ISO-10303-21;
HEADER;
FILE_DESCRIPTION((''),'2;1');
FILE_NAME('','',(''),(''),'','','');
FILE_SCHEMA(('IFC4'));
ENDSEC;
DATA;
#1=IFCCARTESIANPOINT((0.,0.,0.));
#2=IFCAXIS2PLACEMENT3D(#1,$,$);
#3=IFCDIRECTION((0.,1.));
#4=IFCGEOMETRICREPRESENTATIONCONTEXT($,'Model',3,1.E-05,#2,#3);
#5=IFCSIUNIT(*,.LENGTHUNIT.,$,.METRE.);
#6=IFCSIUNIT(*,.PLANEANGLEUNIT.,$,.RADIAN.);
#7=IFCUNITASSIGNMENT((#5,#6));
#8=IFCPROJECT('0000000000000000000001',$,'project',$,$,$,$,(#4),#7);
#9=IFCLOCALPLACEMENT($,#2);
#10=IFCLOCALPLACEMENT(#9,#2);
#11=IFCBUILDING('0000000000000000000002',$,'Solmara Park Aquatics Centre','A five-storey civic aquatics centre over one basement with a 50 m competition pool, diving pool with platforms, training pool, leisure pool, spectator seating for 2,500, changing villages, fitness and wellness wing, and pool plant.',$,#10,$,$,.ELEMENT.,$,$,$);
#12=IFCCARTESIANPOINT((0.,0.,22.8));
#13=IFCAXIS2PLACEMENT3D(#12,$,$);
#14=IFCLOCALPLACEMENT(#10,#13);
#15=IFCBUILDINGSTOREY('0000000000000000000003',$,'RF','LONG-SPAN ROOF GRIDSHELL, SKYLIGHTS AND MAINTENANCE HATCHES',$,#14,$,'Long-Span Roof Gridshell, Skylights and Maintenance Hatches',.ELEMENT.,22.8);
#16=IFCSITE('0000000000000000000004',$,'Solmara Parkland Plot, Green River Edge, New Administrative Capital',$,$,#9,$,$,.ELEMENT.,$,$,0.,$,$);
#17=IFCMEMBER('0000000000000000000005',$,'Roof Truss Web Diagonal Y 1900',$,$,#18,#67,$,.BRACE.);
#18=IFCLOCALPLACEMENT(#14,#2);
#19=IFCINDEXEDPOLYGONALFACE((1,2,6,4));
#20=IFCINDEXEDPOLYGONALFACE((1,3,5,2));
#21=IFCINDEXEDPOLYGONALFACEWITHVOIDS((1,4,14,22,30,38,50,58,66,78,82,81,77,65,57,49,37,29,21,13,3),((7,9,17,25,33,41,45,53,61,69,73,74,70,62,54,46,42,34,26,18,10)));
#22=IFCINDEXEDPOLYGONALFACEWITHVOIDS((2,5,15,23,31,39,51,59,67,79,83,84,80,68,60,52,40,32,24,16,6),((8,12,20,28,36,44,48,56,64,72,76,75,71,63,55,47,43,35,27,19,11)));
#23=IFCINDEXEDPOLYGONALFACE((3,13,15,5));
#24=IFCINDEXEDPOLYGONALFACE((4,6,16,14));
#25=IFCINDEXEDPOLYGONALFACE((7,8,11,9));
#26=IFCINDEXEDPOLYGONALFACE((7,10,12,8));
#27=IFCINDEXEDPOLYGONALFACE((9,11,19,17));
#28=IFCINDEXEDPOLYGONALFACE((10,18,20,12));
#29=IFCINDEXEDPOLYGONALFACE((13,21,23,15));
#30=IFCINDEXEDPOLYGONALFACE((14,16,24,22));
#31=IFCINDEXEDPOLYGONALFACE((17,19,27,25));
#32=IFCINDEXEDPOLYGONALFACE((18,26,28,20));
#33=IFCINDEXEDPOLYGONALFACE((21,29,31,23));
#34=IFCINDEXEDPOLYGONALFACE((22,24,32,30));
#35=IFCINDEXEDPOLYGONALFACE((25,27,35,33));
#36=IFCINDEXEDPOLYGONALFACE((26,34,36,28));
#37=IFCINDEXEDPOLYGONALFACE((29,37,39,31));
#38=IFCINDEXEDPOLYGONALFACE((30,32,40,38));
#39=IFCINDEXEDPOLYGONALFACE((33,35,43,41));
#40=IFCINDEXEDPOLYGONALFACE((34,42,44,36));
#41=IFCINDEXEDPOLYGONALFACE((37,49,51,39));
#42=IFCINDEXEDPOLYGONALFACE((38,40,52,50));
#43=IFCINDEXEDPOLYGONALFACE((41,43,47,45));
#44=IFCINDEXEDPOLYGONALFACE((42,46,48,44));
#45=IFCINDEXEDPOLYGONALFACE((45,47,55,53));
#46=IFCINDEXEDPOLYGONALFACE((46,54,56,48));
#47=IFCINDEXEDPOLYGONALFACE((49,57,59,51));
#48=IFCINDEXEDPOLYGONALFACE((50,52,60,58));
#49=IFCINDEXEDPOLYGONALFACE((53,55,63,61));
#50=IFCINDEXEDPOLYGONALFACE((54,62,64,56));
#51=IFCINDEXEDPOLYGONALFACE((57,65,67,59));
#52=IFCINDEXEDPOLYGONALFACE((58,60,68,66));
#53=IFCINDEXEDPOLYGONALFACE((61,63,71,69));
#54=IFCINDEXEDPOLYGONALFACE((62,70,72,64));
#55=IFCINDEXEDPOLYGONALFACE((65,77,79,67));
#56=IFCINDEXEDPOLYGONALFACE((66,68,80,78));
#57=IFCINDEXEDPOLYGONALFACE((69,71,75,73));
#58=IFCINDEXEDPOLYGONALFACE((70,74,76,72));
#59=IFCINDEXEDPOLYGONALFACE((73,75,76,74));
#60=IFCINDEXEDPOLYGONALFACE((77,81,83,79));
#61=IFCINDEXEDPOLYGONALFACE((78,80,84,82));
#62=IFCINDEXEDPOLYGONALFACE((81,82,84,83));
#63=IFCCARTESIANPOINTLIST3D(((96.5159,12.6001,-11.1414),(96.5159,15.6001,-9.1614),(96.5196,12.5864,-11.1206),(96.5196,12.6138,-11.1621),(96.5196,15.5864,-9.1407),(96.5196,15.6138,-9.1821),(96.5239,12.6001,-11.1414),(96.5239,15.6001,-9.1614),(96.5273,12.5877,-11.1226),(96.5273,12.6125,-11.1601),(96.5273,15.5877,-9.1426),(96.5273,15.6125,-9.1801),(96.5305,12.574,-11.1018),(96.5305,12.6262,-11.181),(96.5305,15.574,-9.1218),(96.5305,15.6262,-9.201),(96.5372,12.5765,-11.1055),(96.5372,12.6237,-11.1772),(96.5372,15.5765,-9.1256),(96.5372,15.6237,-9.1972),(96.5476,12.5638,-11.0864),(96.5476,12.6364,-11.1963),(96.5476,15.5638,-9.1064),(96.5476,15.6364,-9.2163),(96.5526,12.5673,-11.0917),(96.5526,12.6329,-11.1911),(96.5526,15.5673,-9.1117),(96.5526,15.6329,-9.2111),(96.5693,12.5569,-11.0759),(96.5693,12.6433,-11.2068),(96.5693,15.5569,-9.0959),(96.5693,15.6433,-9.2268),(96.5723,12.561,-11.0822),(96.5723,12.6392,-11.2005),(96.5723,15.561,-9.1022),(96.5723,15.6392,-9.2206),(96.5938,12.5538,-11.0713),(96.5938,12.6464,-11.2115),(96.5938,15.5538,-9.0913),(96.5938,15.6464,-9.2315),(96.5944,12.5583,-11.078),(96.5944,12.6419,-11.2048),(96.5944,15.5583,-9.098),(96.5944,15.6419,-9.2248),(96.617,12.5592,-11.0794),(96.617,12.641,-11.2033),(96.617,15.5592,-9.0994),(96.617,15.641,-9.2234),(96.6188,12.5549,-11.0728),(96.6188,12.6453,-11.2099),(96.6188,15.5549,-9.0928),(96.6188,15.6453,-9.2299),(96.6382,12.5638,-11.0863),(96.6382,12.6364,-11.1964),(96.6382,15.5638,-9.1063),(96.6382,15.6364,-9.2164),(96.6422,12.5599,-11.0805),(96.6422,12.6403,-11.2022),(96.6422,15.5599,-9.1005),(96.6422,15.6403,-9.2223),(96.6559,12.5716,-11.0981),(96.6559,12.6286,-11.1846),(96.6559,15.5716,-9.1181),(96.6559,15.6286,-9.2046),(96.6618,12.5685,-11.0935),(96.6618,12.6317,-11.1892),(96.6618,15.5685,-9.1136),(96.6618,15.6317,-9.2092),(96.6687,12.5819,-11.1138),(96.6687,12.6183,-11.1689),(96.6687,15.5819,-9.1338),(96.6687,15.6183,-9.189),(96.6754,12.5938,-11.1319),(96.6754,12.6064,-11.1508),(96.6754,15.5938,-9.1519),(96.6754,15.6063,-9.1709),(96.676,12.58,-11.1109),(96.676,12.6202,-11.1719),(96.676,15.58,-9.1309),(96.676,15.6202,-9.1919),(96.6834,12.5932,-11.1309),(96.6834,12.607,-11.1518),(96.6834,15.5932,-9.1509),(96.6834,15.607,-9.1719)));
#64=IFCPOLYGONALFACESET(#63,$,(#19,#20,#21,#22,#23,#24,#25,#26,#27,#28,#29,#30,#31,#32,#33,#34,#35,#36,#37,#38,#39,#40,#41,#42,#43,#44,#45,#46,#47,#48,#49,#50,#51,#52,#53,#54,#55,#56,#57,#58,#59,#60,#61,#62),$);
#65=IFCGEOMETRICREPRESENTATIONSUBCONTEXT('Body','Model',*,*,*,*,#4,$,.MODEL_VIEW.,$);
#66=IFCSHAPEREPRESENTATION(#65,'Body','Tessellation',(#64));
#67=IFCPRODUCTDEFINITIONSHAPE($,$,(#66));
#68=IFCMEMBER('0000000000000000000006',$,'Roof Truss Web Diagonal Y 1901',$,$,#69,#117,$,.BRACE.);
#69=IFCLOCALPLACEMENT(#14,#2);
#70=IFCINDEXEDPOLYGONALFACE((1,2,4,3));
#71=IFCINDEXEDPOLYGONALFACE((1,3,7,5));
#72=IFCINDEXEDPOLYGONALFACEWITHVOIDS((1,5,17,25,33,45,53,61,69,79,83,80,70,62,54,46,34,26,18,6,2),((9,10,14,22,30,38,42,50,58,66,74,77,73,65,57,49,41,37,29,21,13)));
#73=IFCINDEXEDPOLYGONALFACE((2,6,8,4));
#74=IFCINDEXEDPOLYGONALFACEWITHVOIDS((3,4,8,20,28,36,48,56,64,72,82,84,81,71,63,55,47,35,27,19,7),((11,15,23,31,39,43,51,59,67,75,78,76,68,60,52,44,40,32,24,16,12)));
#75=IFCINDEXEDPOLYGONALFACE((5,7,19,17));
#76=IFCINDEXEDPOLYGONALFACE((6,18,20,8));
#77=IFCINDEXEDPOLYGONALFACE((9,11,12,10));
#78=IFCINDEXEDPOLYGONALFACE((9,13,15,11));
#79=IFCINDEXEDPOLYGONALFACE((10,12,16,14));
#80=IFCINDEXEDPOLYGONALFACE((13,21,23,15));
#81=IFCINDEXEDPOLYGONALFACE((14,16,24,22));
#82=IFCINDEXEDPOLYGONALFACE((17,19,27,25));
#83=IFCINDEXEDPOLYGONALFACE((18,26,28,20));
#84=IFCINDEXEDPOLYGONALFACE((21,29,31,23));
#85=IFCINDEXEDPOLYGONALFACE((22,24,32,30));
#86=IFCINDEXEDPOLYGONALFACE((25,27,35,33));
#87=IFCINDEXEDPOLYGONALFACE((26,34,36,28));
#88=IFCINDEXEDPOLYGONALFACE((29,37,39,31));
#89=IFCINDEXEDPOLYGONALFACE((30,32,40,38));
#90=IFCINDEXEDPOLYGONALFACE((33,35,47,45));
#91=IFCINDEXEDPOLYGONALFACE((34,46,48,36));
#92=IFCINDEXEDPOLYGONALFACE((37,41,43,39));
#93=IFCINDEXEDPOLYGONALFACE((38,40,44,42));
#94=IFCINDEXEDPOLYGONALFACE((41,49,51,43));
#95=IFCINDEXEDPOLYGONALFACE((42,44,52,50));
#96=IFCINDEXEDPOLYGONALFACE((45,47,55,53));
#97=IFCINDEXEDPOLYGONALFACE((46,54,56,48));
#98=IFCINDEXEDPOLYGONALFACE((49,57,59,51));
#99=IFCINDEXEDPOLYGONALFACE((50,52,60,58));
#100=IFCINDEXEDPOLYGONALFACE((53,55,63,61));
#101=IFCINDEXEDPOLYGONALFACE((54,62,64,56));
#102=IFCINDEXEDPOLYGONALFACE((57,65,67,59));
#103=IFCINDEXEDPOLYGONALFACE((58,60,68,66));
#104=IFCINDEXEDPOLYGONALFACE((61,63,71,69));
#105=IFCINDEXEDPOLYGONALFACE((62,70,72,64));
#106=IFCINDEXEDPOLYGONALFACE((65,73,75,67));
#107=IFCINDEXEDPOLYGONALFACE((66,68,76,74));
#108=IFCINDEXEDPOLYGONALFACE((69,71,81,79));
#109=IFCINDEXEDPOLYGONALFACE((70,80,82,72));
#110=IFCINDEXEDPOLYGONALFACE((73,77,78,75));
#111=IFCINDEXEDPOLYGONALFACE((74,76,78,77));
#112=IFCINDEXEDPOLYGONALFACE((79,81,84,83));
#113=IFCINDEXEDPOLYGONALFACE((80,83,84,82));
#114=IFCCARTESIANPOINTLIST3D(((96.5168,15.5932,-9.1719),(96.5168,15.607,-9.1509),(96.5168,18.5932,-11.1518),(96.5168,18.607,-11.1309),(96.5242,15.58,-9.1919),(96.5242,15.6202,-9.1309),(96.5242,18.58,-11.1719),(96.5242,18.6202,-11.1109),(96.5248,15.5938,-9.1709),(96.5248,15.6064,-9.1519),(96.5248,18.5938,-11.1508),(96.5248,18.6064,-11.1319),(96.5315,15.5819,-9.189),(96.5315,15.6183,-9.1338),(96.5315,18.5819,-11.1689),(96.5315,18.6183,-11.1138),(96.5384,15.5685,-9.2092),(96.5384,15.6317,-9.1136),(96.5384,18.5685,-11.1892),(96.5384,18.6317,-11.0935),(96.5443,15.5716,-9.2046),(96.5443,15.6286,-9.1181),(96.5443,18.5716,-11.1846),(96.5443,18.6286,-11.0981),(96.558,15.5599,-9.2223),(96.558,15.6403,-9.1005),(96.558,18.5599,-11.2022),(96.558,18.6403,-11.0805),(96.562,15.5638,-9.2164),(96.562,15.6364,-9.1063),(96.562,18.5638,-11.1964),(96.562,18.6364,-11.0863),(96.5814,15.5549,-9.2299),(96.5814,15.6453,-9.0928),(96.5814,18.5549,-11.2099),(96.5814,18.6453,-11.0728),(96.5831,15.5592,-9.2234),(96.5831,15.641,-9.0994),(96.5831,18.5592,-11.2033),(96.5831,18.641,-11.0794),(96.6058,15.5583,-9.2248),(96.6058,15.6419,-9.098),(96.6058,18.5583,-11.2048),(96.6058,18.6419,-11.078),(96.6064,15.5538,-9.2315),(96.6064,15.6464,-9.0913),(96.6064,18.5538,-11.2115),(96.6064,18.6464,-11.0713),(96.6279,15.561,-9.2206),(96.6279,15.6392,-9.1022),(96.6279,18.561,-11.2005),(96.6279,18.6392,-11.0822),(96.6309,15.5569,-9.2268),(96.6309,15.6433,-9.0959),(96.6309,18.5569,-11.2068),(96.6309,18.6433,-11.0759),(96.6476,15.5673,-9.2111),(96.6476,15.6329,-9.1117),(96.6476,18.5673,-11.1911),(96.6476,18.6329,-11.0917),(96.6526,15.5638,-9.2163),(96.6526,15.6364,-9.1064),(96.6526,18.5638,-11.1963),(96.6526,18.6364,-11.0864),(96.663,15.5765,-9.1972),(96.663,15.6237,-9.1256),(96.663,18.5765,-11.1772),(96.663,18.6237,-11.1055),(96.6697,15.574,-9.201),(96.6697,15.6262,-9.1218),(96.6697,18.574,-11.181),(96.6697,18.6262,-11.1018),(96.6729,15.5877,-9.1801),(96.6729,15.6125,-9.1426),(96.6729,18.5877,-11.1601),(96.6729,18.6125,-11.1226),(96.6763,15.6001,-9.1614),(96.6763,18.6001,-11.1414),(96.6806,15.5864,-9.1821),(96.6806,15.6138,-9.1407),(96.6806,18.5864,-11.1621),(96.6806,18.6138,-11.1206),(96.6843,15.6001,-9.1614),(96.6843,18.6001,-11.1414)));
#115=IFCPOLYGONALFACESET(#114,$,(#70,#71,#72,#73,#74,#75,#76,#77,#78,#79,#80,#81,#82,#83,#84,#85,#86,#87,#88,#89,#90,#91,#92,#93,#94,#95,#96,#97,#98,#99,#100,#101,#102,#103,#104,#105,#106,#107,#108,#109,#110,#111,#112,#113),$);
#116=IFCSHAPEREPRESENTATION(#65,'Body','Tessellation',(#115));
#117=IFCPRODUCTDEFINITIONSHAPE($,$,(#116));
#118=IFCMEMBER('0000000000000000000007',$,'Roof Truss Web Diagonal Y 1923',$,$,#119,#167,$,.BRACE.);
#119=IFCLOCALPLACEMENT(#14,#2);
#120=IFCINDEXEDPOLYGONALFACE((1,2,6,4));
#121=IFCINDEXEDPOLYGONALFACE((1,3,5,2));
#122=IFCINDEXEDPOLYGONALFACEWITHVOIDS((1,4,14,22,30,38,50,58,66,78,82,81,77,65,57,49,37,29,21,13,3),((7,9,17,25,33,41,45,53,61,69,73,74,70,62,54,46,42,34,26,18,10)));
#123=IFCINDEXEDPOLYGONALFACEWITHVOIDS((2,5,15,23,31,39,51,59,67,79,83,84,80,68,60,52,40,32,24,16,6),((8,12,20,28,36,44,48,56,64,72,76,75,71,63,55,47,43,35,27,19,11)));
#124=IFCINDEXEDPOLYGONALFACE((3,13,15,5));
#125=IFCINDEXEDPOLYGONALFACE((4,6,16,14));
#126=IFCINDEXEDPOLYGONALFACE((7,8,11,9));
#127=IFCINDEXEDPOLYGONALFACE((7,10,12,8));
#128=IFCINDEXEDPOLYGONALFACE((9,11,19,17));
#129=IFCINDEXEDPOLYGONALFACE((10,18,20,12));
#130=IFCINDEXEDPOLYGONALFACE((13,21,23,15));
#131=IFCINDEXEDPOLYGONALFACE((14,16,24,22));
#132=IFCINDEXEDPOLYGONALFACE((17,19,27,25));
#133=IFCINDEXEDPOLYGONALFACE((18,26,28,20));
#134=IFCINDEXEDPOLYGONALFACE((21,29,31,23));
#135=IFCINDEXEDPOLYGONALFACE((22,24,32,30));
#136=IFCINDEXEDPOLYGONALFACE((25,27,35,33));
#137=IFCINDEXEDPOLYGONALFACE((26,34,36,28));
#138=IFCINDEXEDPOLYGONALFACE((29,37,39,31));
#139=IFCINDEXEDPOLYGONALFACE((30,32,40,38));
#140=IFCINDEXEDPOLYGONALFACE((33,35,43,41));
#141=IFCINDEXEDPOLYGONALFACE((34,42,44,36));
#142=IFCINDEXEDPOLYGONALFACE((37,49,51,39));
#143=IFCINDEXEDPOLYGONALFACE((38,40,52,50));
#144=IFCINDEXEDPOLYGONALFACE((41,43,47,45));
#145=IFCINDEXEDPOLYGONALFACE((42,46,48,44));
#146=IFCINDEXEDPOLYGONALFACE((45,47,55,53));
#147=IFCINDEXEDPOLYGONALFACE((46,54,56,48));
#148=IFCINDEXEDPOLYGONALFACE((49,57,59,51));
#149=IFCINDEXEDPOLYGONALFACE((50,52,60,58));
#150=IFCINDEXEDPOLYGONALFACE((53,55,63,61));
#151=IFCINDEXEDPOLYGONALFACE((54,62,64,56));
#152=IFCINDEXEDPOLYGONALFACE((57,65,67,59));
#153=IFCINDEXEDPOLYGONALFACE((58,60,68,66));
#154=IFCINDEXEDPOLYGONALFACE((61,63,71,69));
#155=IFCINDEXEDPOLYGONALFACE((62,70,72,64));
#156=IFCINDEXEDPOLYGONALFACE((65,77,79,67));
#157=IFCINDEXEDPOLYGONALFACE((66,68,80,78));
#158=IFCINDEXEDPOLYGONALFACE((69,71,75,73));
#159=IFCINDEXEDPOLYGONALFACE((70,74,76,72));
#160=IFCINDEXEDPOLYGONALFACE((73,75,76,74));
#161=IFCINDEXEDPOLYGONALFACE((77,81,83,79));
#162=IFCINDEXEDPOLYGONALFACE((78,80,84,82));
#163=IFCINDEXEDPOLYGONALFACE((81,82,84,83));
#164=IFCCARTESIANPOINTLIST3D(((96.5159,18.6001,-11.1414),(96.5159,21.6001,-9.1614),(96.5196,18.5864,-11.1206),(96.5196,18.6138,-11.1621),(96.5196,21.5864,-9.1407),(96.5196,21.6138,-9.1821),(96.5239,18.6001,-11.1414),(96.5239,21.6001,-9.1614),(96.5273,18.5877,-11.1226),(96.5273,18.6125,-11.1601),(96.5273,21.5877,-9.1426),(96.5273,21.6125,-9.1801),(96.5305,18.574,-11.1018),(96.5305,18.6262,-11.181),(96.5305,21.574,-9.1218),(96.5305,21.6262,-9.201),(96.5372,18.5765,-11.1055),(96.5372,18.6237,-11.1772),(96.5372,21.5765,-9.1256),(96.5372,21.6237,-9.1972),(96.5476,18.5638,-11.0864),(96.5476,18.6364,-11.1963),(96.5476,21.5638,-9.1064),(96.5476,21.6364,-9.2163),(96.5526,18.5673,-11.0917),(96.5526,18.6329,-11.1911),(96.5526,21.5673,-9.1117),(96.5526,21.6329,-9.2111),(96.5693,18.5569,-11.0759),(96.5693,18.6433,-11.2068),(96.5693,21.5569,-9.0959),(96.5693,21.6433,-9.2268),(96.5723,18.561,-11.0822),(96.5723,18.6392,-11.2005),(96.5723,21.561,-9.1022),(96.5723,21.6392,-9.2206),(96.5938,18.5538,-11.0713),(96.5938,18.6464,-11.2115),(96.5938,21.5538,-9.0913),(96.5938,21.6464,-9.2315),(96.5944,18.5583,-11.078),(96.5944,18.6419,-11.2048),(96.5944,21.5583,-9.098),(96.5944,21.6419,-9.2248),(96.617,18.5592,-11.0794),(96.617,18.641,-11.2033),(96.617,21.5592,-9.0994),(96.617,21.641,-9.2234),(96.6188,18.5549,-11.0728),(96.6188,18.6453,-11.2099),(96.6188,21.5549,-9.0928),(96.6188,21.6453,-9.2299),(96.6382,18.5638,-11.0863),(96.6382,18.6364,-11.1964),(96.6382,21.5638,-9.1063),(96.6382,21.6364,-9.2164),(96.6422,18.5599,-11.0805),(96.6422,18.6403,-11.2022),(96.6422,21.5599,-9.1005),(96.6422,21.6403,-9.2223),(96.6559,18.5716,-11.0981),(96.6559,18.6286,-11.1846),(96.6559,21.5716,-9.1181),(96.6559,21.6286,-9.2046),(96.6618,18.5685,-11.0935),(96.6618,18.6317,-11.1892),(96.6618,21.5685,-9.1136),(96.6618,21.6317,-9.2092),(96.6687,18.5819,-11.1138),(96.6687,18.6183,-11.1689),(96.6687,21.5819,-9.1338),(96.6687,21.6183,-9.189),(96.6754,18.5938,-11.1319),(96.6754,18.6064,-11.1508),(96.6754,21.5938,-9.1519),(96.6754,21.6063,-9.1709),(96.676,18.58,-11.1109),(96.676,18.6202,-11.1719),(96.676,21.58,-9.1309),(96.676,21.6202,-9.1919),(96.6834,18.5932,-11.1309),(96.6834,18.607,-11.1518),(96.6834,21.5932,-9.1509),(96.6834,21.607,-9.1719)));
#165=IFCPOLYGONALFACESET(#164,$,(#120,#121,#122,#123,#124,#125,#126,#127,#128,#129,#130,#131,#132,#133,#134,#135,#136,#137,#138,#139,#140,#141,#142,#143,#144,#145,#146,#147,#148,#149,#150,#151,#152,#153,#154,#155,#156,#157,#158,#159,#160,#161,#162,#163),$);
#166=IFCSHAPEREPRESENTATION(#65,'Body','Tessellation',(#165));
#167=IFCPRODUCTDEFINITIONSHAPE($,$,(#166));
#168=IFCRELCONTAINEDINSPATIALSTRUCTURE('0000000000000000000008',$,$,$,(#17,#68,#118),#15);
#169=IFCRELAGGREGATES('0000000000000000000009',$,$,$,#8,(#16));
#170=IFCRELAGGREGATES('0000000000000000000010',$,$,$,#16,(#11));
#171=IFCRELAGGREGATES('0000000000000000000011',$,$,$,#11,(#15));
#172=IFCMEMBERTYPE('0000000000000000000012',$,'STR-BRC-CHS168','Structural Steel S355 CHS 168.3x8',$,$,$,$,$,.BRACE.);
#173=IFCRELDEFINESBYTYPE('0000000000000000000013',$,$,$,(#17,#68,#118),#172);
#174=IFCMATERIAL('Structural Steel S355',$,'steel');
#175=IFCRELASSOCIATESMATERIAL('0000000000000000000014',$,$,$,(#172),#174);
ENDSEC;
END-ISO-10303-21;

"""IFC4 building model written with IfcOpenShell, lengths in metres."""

from ifc_helpers import new_model, si_unit, direction, frame, origin, origin_2d, place, context, subcontext, project, spatial, hollow_circle, extrude, material, material_profile, profile_set, type_object, element, save


model = new_model("IFC4")

# Units and contexts
model_context = context("Model", 3, precision=1e-05, world=origin(), true_north=direction((0.0, 1.0)))
body_context = subcontext(model_context, "Body", "Model", "MODEL_VIEW")
ifc_project = project(units=[si_unit("LENGTHUNIT", "METRE"), si_unit("PLANEANGLEUNIT", "RADIAN")], contexts=[model_context])

# Site, building, storey
site_placement = place(None, origin())
site = spatial("IfcSite", under=ifc_project, at=site_placement, Name="Solmara Parkland Plot, Green River Edge, New Administrative Capital", CompositionType="ELEMENT", RefElevation=0.0)
building_placement = place(site_placement, origin())
building = spatial("IfcBuilding", under=site, at=building_placement, Name="Solmara Park Aquatics Centre", Description="A five-storey civic aquatics centre over one basement with a 50 m competition pool, diving pool with platforms, training pool, leisure pool, spectator seating for 2,500, changing villages, fitness and wellness wing, and pool plant.", CompositionType="ELEMENT")
storey_placement = place(building_placement, frame((0.0, 0.0, 22.8)))
storey = spatial("IfcBuildingStorey", under=building, at=storey_placement, Name="RF", Description="LONG-SPAN ROOF GRIDSHELL, SKYLIGHTS AND MAINTENANCE HATCHES", LongName="Long-Span Roof Gridshell, Skylights and Maintenance Hatches", CompositionType="ELEMENT", Elevation=22.8)

# Members
ifc_material_1 = material(Name="Structural Steel S355", Category="steel")
ifc_material_profile_1 = material_profile(ifc_material_1, hollow_circle(Radius=0.0842, WallThickness=0.0081, at=origin_2d()), Name="CHS 168.3x8")
ifc_profile_set_1 = profile_set([ifc_material_profile_1], Name="Structural Steel S355")
member_type_1 = type_object("IfcMemberType", Name="STR-BRC-CHS168", Description="Structural Steel S355 CHS 168.3x8", PredefinedType="BRACE", material=ifc_profile_set_1)
for number, where, z_axis, x_axis, name in (
    (1, (96.6001, 12.6001, -11.1414), (0.0, 0.834612, 0.550838), (-1.0, 0.0, 0.0), "Roof Truss Web Diagonal Y 1900"),
    (2, (96.6001, 18.6001, -11.1414), (0.0, -0.834612, 0.550838), (1.0, 0.0, 0.0), "Roof Truss Web Diagonal Y 1901"),
    (3, (96.6001, 18.6001, -11.1414), (0.0, 0.834612, 0.550838), (-1.0, 0.0, 0.0), "Roof Truss Web Diagonal Y 1923"),
):
    element("IfcMember", number, at=place(storey_placement, frame(where, z_axis=z_axis, x_axis=x_axis)), inside=storey, type_object=member_type_1, Name=name, PredefinedType="BRACE", context=body_context, shape_type="SweptSolid", body=[
        extrude(hollow_circle(Radius=0.0842, WallThickness=0.0081, at=origin_2d()), origin(), (0.0, 0.0, 1.0), 3.5945),
    ])

save(model, "model.ifc")
